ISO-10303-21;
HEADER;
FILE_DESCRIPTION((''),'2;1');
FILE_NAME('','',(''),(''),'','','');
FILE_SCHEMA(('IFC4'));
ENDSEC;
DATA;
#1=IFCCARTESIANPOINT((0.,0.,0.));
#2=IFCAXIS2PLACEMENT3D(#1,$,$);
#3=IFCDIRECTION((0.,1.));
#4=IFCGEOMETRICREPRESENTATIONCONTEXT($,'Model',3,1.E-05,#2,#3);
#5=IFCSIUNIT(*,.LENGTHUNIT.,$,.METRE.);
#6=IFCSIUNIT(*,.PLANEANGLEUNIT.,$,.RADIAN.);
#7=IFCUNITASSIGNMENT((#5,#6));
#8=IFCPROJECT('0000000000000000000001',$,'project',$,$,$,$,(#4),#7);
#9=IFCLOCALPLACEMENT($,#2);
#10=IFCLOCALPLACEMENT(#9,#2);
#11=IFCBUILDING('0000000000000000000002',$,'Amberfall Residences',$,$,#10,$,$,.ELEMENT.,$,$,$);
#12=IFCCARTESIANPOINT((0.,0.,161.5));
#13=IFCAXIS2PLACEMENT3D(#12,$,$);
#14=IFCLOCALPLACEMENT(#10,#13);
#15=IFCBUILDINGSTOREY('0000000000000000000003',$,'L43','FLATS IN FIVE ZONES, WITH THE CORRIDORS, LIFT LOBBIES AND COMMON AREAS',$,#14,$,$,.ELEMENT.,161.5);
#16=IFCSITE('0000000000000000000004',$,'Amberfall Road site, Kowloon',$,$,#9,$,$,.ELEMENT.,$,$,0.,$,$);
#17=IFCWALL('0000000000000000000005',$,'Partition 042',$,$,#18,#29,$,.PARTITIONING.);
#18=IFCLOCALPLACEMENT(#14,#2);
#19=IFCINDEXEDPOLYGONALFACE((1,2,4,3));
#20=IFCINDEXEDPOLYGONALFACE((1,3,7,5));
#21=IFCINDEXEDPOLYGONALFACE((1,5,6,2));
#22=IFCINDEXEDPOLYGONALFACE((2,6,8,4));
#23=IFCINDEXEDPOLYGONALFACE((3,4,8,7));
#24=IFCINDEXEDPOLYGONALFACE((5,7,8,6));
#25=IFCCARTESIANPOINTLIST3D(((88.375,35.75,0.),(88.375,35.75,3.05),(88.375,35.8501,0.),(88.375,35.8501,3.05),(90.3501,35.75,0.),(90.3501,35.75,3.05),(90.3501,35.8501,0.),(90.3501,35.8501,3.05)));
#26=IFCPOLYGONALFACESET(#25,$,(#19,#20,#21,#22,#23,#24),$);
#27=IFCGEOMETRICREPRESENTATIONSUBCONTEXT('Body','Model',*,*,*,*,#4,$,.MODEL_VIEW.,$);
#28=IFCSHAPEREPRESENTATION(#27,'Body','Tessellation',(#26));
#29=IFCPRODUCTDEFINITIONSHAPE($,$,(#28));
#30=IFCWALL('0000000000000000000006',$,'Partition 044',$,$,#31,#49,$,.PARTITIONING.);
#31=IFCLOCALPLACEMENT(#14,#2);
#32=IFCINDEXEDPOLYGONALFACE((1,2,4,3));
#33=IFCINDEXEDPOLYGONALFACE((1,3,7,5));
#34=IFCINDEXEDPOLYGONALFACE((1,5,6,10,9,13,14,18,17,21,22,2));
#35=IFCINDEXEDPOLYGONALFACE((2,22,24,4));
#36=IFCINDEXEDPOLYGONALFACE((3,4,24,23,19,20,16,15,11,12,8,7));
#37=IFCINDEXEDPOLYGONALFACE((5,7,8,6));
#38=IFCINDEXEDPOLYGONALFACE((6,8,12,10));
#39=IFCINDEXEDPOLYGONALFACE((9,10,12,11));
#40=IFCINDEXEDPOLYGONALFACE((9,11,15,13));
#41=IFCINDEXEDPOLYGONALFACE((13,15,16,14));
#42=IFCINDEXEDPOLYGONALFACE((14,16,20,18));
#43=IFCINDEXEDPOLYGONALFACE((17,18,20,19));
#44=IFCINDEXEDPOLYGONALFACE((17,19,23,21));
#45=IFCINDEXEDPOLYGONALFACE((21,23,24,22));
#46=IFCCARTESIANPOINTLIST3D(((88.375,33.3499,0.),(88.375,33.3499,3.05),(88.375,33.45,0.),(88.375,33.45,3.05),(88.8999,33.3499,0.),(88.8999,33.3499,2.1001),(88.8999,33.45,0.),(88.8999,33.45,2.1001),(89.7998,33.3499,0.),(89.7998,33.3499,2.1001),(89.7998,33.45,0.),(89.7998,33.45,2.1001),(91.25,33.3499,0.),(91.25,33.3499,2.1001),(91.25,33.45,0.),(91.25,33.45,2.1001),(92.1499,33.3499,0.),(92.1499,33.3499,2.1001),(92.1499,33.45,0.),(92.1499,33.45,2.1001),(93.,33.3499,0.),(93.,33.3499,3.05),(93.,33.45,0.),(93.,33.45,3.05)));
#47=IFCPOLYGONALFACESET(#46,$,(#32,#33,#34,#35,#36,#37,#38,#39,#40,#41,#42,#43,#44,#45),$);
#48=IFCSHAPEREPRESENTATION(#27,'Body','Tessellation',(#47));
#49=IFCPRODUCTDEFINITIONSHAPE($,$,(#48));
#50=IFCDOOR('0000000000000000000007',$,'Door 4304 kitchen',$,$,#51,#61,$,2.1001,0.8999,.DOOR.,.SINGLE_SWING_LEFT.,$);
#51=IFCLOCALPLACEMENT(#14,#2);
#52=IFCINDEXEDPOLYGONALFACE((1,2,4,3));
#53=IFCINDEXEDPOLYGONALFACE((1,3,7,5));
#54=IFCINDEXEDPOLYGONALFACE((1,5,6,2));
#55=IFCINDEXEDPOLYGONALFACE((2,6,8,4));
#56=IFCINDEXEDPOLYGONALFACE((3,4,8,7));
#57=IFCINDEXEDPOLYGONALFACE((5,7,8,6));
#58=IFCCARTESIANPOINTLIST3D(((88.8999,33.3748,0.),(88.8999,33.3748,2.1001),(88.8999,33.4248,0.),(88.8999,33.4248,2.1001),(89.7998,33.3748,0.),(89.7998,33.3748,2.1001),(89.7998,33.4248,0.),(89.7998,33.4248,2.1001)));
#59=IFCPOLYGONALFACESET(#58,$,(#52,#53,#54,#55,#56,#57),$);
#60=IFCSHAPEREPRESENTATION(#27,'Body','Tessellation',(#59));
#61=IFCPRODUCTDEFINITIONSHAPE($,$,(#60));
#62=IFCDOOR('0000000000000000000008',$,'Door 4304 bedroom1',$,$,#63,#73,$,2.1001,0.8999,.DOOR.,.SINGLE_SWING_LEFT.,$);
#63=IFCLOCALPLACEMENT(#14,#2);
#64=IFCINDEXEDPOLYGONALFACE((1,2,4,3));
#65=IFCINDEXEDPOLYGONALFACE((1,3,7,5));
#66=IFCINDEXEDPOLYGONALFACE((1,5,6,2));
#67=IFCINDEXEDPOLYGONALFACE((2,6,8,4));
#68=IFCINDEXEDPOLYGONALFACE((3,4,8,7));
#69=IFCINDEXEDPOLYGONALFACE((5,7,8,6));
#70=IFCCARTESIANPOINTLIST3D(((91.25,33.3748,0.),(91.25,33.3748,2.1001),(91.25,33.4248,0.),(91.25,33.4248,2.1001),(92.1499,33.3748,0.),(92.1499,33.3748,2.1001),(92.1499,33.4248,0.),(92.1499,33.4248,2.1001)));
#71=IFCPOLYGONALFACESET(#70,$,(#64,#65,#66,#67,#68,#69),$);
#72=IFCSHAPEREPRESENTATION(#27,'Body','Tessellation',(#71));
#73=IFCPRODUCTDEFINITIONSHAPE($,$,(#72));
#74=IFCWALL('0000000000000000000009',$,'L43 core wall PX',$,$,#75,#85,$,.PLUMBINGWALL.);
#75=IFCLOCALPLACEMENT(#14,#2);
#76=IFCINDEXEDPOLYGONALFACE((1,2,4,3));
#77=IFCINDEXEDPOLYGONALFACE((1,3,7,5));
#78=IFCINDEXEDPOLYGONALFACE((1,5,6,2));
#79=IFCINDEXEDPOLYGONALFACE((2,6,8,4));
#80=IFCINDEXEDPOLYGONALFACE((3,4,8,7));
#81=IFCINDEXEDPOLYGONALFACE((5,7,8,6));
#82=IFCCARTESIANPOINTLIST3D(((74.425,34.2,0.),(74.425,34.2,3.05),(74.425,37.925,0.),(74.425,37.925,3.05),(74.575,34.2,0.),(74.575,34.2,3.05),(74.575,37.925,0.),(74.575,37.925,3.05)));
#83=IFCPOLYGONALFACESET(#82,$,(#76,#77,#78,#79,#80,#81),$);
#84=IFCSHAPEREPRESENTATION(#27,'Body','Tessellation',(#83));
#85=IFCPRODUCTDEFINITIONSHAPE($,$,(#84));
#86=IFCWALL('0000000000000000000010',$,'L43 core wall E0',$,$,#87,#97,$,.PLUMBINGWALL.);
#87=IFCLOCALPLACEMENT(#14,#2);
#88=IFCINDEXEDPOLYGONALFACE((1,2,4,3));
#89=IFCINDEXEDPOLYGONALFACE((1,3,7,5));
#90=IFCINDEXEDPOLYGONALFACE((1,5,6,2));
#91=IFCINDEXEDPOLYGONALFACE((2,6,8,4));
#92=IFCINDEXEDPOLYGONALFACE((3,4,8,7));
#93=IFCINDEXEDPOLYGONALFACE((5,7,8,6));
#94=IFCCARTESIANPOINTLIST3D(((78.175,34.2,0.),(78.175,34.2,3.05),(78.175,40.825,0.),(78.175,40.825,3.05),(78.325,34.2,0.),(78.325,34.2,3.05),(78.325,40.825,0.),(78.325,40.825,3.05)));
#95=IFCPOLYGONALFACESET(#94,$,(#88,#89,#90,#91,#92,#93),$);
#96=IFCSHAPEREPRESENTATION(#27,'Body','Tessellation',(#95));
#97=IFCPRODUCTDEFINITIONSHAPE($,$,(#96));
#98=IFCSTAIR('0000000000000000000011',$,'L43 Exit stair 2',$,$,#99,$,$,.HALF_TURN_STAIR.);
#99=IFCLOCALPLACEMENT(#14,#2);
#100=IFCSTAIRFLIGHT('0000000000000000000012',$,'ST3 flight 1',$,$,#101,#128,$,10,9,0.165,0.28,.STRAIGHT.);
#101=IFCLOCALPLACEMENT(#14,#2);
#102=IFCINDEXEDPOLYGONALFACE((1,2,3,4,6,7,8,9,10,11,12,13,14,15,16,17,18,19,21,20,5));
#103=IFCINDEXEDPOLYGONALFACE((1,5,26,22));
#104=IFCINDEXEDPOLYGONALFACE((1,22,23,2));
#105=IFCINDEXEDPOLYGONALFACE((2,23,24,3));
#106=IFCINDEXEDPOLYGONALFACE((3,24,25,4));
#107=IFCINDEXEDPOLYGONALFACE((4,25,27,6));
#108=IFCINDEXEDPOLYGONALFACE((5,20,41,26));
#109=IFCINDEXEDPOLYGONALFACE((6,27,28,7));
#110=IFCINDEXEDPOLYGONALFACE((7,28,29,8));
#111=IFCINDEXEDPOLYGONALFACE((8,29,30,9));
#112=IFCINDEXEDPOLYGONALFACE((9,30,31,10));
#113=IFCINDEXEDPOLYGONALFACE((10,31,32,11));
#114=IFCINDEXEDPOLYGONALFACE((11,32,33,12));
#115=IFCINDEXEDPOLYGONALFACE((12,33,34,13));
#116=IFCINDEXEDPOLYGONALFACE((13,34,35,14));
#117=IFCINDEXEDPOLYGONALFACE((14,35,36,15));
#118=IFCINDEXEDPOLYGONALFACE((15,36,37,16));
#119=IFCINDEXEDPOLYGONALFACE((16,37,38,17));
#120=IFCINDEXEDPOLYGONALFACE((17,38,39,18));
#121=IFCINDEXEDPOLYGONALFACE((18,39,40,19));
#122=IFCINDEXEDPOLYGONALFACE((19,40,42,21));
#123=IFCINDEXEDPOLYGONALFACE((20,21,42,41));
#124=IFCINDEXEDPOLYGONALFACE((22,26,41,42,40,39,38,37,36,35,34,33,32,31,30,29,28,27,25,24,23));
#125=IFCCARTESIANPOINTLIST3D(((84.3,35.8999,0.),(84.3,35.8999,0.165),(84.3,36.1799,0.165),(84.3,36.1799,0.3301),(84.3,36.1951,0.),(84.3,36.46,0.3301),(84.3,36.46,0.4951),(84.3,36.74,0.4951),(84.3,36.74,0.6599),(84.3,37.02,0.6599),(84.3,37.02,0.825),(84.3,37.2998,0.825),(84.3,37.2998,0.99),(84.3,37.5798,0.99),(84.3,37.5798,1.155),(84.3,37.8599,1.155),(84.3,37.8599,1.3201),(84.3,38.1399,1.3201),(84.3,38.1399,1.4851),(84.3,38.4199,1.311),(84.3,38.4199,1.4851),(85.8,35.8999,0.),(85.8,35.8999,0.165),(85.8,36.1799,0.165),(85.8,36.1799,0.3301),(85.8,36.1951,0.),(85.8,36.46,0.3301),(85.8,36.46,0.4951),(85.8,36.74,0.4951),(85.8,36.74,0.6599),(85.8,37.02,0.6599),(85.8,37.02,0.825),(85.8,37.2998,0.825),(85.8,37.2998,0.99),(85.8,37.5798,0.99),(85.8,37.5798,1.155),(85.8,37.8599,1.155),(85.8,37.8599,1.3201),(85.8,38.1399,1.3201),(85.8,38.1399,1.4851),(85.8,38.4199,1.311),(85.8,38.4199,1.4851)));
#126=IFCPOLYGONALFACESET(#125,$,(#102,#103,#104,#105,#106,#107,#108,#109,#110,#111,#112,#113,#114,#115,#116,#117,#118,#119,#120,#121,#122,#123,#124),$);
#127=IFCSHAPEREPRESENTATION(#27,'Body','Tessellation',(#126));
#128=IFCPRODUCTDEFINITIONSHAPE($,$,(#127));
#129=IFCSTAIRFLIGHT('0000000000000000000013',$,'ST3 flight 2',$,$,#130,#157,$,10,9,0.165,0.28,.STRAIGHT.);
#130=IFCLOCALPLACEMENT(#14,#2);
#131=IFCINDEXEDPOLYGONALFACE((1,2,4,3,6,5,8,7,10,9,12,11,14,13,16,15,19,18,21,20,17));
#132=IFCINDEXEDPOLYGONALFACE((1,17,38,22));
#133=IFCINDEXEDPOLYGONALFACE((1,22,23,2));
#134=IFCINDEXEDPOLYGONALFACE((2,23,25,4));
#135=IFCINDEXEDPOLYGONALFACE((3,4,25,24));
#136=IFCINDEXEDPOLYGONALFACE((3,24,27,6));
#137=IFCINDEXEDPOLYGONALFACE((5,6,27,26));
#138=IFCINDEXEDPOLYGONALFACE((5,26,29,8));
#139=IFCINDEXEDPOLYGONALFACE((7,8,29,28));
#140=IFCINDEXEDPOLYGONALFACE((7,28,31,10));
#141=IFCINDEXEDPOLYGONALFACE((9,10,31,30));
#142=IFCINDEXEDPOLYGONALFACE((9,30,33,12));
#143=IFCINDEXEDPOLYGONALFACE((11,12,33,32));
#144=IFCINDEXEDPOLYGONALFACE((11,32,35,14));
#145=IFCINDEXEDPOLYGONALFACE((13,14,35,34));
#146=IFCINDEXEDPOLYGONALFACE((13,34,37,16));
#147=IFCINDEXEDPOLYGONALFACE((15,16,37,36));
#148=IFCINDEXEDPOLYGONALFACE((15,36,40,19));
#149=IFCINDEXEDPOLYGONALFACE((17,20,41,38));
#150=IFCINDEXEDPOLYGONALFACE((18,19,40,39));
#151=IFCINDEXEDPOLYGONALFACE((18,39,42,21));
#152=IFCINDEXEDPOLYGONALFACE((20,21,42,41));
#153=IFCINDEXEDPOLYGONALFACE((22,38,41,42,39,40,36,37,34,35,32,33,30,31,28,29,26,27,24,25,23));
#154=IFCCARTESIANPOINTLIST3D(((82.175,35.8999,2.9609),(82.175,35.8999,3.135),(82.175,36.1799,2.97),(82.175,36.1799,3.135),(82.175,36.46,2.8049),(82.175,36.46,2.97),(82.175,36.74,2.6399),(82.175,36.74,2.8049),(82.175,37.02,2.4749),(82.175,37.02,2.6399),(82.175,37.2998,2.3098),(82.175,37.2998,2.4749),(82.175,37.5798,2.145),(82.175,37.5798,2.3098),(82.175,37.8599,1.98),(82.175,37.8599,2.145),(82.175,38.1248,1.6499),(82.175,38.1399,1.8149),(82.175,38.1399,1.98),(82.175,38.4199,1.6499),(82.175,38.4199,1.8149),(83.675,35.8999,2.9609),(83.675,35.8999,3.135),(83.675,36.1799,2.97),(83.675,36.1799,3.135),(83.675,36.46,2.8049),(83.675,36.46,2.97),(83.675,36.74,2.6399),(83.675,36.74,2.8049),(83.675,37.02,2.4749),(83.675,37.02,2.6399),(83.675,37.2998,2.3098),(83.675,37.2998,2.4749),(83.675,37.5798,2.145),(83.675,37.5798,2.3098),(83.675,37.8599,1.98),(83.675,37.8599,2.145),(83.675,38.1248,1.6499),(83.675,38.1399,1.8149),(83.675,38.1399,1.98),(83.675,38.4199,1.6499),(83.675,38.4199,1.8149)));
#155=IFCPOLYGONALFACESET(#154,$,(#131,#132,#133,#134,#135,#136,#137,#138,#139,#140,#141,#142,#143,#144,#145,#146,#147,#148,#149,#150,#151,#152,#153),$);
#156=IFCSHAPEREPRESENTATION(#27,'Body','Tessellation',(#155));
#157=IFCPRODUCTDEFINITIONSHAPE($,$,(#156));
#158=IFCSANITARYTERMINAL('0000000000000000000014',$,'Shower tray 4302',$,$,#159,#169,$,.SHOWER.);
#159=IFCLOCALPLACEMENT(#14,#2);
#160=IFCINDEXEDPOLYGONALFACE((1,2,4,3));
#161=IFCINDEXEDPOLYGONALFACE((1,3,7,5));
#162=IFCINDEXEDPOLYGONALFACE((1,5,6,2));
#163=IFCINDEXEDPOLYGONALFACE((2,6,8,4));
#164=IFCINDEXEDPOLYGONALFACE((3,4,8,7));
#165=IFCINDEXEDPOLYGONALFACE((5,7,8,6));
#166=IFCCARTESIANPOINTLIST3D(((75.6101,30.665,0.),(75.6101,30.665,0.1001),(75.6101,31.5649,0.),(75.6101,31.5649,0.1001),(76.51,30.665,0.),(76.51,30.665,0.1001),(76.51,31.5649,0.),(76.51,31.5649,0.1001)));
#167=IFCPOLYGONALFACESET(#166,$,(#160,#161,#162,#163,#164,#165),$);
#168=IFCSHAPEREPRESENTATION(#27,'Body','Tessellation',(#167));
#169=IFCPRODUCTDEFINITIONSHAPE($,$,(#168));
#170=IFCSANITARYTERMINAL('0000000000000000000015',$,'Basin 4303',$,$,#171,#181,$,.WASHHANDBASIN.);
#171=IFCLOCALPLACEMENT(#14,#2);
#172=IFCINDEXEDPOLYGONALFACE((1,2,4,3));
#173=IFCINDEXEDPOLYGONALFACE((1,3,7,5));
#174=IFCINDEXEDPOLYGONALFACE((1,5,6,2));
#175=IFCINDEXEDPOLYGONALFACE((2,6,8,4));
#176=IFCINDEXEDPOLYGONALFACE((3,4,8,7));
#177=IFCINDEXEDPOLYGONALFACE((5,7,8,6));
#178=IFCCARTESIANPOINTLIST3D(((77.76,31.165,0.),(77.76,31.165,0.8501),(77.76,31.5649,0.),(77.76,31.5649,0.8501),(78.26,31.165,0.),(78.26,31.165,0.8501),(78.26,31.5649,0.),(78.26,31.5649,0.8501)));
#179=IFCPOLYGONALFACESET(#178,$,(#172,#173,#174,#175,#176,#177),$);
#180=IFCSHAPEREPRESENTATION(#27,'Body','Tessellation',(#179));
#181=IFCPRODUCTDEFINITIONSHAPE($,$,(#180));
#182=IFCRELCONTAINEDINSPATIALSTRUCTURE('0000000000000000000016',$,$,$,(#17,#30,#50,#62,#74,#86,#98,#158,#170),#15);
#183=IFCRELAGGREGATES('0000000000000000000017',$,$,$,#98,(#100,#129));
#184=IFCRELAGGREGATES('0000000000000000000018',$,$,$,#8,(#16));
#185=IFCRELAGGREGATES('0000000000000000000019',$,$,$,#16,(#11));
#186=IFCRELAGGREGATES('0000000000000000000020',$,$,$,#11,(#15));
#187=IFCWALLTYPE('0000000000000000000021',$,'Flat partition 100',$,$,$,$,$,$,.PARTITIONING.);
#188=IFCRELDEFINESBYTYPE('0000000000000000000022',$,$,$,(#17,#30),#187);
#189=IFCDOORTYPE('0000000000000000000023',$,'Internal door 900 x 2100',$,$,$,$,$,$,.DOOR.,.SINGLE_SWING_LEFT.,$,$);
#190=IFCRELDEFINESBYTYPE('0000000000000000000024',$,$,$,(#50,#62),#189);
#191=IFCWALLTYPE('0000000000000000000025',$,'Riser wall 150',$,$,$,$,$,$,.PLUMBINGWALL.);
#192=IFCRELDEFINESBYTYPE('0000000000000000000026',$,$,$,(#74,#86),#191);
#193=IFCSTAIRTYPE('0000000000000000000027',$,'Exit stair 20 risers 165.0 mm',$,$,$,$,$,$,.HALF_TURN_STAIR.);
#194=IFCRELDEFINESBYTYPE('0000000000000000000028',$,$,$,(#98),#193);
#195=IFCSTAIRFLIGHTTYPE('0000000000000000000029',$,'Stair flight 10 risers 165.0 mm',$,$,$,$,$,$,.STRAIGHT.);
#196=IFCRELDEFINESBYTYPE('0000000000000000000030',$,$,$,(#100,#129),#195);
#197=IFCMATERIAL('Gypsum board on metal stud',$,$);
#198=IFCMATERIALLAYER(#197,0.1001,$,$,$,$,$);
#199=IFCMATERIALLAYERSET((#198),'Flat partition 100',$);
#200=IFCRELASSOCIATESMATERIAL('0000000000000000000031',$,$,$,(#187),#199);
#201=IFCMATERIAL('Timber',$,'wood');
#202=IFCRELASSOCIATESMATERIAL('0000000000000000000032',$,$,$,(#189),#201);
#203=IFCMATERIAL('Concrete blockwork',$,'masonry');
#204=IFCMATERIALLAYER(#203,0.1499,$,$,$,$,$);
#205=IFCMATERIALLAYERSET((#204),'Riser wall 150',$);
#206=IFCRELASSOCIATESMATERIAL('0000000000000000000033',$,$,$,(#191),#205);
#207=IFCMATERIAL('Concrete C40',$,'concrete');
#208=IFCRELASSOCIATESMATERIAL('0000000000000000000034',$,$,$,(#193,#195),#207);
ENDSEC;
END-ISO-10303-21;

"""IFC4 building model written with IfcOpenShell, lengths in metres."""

from ifc_helpers import new_model, si_unit, direction, frame, frame_2d, origin, origin_2d, place, context, subcontext, project, spatial, polyline, rectangle, outline, extrude, material, layer, layer_set, type_object, element, fill, aggregate, save


model = new_model("IFC4")

# Units and contexts
model_context = context("Model", 3, precision=1e-05, world=origin(), true_north=direction((0.0, 1.0)))
body_context = subcontext(model_context, "Body", "Model", "MODEL_VIEW")
ifc_project = project(units=[si_unit("LENGTHUNIT", "METRE"), si_unit("PLANEANGLEUNIT", "RADIAN")], contexts=[model_context])

# Site, building, storey
site_placement = place(None, origin())
site = spatial("IfcSite", under=ifc_project, at=site_placement, Name="Amberfall Road site, Kowloon", CompositionType="ELEMENT", RefElevation=0.0)
building_placement = place(site_placement, origin())
building = spatial("IfcBuilding", under=site, at=building_placement, Name="Amberfall Residences", CompositionType="ELEMENT")
storey_placement = place(building_placement, frame((0.0, 0.0, 161.5)))
storey = spatial("IfcBuildingStorey", under=building, at=storey_placement, Name="L43", Description="FLATS IN FIVE ZONES, WITH THE CORRIDORS, LIFT LOBBIES AND COMMON AREAS", CompositionType="ELEMENT", Elevation=161.5)

# Shared definitions
ifc_material_1 = material(Name="Gypsum board on metal stud")
ifc_layer_1 = layer(ifc_material_1, 0.1001)
ifc_layer_set_1 = layer_set([ifc_layer_1], Name="Flat partition 100")
wall_type_1 = type_object("IfcWallType", Name="Flat partition 100", PredefinedType="PARTITIONING", material=ifc_layer_set_1)
ifc_material_2 = material(Name="Timber", Category="wood")
door_type_1 = type_object("IfcDoorType", Name="Internal door 900 x 2100", OperationType="SINGLE_SWING_LEFT", PredefinedType="DOOR", material=ifc_material_2)

# Wall
wall_1_placement = place(storey_placement, frame((88.375, 35.8, 0.0), z_axis=(0.0, 0.0, 1.0), x_axis=(1.0, 0.0, 0.0)))
element("IfcWall", 1, at=wall_1_placement, inside=storey, type_object=wall_type_1, Name="Partition 042", PredefinedType="PARTITIONING", context=body_context, shape_type="SweptSolid", body=[
    extrude(rectangle(XDim=1.9751, YDim=0.1001, at=frame_2d((0.9875, 0.0))), origin(), (0.0, 0.0, 1.0), 3.05),
])

# Wall, openings, doors
wall_2_placement = place(storey_placement, frame((88.375, 33.3999, 0.0), z_axis=(0.0, 0.0, 1.0), x_axis=(1.0, 0.0, 0.0)))
wall_2 = element("IfcWall", 2, at=wall_2_placement, inside=storey, type_object=wall_type_1, Name="Partition 044", PredefinedType="PARTITIONING", context=body_context, shape_type="SweptSolid", body=[
    extrude(rectangle(XDim=4.625, YDim=0.1001, at=frame_2d((2.3125, 0.0))), origin(), (0.0, 0.0, 1.0), 3.05),
])
opening_1_placement = place(wall_2_placement, frame((0.5249, 0.0, 0.0)))
opening_1 = element("IfcOpeningElement", 3, at=opening_1_placement, cuts=wall_2, PredefinedType="OPENING", context=body_context, shape_type="SweptSolid", body=[
    extrude(rectangle(XDim=0.8999, YDim=2.1001, at=frame_2d((0.45, 1.05))), frame((0.0, 0.0601, 0.0), z_axis=(0.0, -1.0, 0.0), x_axis=(1.0, 0.0, 0.0)), (0.0, 0.0, 1.0), 0.1201),
])
opening_2_placement = place(wall_2_placement, frame((2.875, 0.0, 0.0)))
opening_2 = element("IfcOpeningElement", 4, at=opening_2_placement, cuts=wall_2, PredefinedType="OPENING", context=body_context, shape_type="SweptSolid", body=[
    extrude(rectangle(XDim=0.8999, YDim=2.1001, at=frame_2d((0.45, 1.05))), frame((0.0, 0.0601, 0.0), z_axis=(0.0, -1.0, 0.0), x_axis=(1.0, 0.0, 0.0)), (0.0, 0.0, 1.0), 0.1201),
])
door_1_placement = place(opening_1_placement, origin())
door_1 = element("IfcDoor", 5, at=door_1_placement, inside=storey, type_object=door_type_1, Name="Door 4304 kitchen", OperationType="SINGLE_SWING_LEFT", OverallHeight=2.1001, OverallWidth=0.8999, PredefinedType="DOOR", context=body_context, shape_type="SweptSolid", body=[
    extrude(rectangle(XDim=0.8999, YDim=2.1001, at=frame_2d((0.45, 1.05))), frame((0.0, 0.0249, 0.0), z_axis=(0.0, -1.0, 0.0), x_axis=(1.0, 0.0, 0.0)), (0.0, 0.0, 1.0), 0.05),
])
fill(opening_1, door_1)
door_2_placement = place(opening_2_placement, origin())
door_2 = element("IfcDoor", 6, at=door_2_placement, inside=storey, type_object=door_type_1, Name="Door 4304 bedroom1", OperationType="SINGLE_SWING_LEFT", OverallHeight=2.1001, OverallWidth=0.8999, PredefinedType="DOOR", context=body_context, shape_type="SweptSolid", body=[
    extrude(rectangle(XDim=0.8999, YDim=2.1001, at=frame_2d((0.45, 1.05))), frame((0.0, 0.0249, 0.0), z_axis=(0.0, -1.0, 0.0), x_axis=(1.0, 0.0, 0.0)), (0.0, 0.0, 1.0), 0.05),
])
fill(opening_2, door_2)

# Walls
ifc_material_3 = material(Name="Concrete blockwork", Category="masonry")
ifc_layer_2 = layer(ifc_material_3, 0.1499)
ifc_layer_set_2 = layer_set([ifc_layer_2], Name="Riser wall 150")
wall_type_2 = type_object("IfcWallType", Name="Riser wall 150", PredefinedType="PLUMBINGWALL", material=ifc_layer_set_2)
wall_3_placement = place(storey_placement, frame((74.5, 34.2, 0.0), z_axis=(0.0, 0.0, 1.0), x_axis=(0.0, 1.0, 0.0)))
element("IfcWall", 7, at=wall_3_placement, inside=storey, type_object=wall_type_2, Name="L43 core wall PX", PredefinedType="PLUMBINGWALL", context=body_context, shape_type="SweptSolid", body=[
    extrude(rectangle(XDim=3.7251, YDim=0.1499, at=frame_2d((1.8625, 0.0))), origin(), (0.0, 0.0, 1.0), 3.05),
])
wall_4_placement = place(storey_placement, frame((78.25, 34.2, 0.0), z_axis=(0.0, 0.0, 1.0), x_axis=(0.0, 1.0, 0.0)))
element("IfcWall", 8, at=wall_4_placement, inside=storey, type_object=wall_type_2, Name="L43 core wall E0", PredefinedType="PLUMBINGWALL", context=body_context, shape_type="SweptSolid", body=[
    extrude(rectangle(XDim=6.625, YDim=0.1499, at=frame_2d((3.3125, 0.0))), origin(), (0.0, 0.0, 1.0), 3.05),
])

# Stair, stair flights
ifc_material_4 = material(Name="Concrete C40", Category="concrete")
stair_type = type_object("IfcStairType", Name="Exit stair 20 risers 165.0 mm", PredefinedType="HALF_TURN_STAIR", material=ifc_material_4)
stair_placement = place(storey_placement, origin())
stair = element("IfcStair", 9, at=stair_placement, inside=storey, type_object=stair_type, Name="L43 Exit stair 2", PredefinedType="HALF_TURN_STAIR")
stair_flight_type = type_object("IfcStairFlightType", Name="Stair flight 10 risers 165.0 mm", PredefinedType="STRAIGHT", material=ifc_material_4)
stair_flight_1_placement = place(storey_placement, frame((85.05, 35.8999, 0.0), z_axis=(0.0, 0.0, 1.0), x_axis=(0.0, 1.0, 0.0)))
stair_flight_1 = element("IfcStairFlight", 10, at=stair_flight_1_placement, type_object=stair_flight_type, Name="ST3 flight 1", NumberOfRisers=10, NumberOfTreads=9, PredefinedType="STRAIGHT", RiserHeight=0.165, TreadLength=0.28, context=body_context, shape_type="SweptSolid", body=[
    extrude(outline(polyline([(0.0, 0.0), (0.0, 0.165), (0.28, 0.165), (0.28, 0.3301), (0.5601, 0.3301), (0.5601, 0.4951), (0.8401, 0.4951), (0.8401, 0.6599), (1.1201, 0.6599), (1.1201, 0.825), (1.3999, 0.825), (1.3999, 0.99), (1.6799, 0.99), (1.6799, 1.155), (1.96, 1.155), (1.96, 1.3201), (2.24, 1.3201), (2.24, 1.4851), (2.52, 1.4851), (2.52, 1.6499), (2.52, 1.311), (0.2952, 0.0), (0.0, 0.0)])), frame((0.0, 0.75, 0.0), z_axis=(0.0, -1.0, 0.0), x_axis=(1.0, 0.0, 0.0)), (0.0, 0.0, 1.0), 1.5),
])
stair_flight_2_placement = place(storey_placement, frame((82.925, 38.4199, 1.6499), z_axis=(0.0, 0.0, 1.0), x_axis=(0.0, -1.0, 0.0)))
stair_flight_2 = element("IfcStairFlight", 11, at=stair_flight_2_placement, type_object=stair_flight_type, Name="ST3 flight 2", NumberOfRisers=10, NumberOfTreads=9, PredefinedType="STRAIGHT", RiserHeight=0.165, TreadLength=0.28, context=body_context, shape_type="SweptSolid", body=[
    extrude(outline(polyline([(0.0, 0.0), (0.0, 0.165), (0.28, 0.165), (0.28, 0.3301), (0.5601, 0.3301), (0.5601, 0.4951), (0.8401, 0.4951), (0.8401, 0.6599), (1.1201, 0.6599), (1.1201, 0.825), (1.3999, 0.825), (1.3999, 0.99), (1.6799, 0.99), (1.6799, 1.155), (1.96, 1.155), (1.96, 1.3201), (2.24, 1.3201), (2.24, 1.4851), (2.52, 1.4851), (2.52, 1.6499), (2.52, 1.311), (0.2952, 0.0), (0.0, 0.0)])), frame((0.0, 0.75, 0.0), z_axis=(0.0, -1.0, 0.0), x_axis=(1.0, 0.0, 0.0)), (0.0, 0.0, 1.0), 1.5),
])
aggregate(stair, [stair_flight_1, stair_flight_2])

# Sanitary terminals
sanitary_terminal_1_placement = place(storey_placement, frame((76.0601, 31.115, 0.0), z_axis=(0.0, 0.0, 1.0), x_axis=(1.0, 0.0, 0.0)))
element("IfcSanitaryTerminal", 12, at=sanitary_terminal_1_placement, inside=storey, Name="Shower tray 4302", PredefinedType="SHOWER", context=body_context, shape_type="SweptSolid", body=[
    extrude(rectangle(XDim=0.8999, YDim=0.8999, at=origin_2d()), origin(), (0.0, 0.0, 1.0), 0.1001),
])
sanitary_terminal_2_placement = place(storey_placement, frame((78.01, 31.365, 0.0), z_axis=(0.0, 0.0, 1.0), x_axis=(1.0, 0.0, 0.0)))
element("IfcSanitaryTerminal", 13, at=sanitary_terminal_2_placement, inside=storey, Name="Basin 4303", PredefinedType="WASHHANDBASIN", context=body_context, shape_type="SweptSolid", body=[
    extrude(rectangle(XDim=0.5, YDim=0.3999, at=origin_2d()), origin(), (0.0, 0.0, 1.0), 0.8501),
])

save(model, "model.ifc")
